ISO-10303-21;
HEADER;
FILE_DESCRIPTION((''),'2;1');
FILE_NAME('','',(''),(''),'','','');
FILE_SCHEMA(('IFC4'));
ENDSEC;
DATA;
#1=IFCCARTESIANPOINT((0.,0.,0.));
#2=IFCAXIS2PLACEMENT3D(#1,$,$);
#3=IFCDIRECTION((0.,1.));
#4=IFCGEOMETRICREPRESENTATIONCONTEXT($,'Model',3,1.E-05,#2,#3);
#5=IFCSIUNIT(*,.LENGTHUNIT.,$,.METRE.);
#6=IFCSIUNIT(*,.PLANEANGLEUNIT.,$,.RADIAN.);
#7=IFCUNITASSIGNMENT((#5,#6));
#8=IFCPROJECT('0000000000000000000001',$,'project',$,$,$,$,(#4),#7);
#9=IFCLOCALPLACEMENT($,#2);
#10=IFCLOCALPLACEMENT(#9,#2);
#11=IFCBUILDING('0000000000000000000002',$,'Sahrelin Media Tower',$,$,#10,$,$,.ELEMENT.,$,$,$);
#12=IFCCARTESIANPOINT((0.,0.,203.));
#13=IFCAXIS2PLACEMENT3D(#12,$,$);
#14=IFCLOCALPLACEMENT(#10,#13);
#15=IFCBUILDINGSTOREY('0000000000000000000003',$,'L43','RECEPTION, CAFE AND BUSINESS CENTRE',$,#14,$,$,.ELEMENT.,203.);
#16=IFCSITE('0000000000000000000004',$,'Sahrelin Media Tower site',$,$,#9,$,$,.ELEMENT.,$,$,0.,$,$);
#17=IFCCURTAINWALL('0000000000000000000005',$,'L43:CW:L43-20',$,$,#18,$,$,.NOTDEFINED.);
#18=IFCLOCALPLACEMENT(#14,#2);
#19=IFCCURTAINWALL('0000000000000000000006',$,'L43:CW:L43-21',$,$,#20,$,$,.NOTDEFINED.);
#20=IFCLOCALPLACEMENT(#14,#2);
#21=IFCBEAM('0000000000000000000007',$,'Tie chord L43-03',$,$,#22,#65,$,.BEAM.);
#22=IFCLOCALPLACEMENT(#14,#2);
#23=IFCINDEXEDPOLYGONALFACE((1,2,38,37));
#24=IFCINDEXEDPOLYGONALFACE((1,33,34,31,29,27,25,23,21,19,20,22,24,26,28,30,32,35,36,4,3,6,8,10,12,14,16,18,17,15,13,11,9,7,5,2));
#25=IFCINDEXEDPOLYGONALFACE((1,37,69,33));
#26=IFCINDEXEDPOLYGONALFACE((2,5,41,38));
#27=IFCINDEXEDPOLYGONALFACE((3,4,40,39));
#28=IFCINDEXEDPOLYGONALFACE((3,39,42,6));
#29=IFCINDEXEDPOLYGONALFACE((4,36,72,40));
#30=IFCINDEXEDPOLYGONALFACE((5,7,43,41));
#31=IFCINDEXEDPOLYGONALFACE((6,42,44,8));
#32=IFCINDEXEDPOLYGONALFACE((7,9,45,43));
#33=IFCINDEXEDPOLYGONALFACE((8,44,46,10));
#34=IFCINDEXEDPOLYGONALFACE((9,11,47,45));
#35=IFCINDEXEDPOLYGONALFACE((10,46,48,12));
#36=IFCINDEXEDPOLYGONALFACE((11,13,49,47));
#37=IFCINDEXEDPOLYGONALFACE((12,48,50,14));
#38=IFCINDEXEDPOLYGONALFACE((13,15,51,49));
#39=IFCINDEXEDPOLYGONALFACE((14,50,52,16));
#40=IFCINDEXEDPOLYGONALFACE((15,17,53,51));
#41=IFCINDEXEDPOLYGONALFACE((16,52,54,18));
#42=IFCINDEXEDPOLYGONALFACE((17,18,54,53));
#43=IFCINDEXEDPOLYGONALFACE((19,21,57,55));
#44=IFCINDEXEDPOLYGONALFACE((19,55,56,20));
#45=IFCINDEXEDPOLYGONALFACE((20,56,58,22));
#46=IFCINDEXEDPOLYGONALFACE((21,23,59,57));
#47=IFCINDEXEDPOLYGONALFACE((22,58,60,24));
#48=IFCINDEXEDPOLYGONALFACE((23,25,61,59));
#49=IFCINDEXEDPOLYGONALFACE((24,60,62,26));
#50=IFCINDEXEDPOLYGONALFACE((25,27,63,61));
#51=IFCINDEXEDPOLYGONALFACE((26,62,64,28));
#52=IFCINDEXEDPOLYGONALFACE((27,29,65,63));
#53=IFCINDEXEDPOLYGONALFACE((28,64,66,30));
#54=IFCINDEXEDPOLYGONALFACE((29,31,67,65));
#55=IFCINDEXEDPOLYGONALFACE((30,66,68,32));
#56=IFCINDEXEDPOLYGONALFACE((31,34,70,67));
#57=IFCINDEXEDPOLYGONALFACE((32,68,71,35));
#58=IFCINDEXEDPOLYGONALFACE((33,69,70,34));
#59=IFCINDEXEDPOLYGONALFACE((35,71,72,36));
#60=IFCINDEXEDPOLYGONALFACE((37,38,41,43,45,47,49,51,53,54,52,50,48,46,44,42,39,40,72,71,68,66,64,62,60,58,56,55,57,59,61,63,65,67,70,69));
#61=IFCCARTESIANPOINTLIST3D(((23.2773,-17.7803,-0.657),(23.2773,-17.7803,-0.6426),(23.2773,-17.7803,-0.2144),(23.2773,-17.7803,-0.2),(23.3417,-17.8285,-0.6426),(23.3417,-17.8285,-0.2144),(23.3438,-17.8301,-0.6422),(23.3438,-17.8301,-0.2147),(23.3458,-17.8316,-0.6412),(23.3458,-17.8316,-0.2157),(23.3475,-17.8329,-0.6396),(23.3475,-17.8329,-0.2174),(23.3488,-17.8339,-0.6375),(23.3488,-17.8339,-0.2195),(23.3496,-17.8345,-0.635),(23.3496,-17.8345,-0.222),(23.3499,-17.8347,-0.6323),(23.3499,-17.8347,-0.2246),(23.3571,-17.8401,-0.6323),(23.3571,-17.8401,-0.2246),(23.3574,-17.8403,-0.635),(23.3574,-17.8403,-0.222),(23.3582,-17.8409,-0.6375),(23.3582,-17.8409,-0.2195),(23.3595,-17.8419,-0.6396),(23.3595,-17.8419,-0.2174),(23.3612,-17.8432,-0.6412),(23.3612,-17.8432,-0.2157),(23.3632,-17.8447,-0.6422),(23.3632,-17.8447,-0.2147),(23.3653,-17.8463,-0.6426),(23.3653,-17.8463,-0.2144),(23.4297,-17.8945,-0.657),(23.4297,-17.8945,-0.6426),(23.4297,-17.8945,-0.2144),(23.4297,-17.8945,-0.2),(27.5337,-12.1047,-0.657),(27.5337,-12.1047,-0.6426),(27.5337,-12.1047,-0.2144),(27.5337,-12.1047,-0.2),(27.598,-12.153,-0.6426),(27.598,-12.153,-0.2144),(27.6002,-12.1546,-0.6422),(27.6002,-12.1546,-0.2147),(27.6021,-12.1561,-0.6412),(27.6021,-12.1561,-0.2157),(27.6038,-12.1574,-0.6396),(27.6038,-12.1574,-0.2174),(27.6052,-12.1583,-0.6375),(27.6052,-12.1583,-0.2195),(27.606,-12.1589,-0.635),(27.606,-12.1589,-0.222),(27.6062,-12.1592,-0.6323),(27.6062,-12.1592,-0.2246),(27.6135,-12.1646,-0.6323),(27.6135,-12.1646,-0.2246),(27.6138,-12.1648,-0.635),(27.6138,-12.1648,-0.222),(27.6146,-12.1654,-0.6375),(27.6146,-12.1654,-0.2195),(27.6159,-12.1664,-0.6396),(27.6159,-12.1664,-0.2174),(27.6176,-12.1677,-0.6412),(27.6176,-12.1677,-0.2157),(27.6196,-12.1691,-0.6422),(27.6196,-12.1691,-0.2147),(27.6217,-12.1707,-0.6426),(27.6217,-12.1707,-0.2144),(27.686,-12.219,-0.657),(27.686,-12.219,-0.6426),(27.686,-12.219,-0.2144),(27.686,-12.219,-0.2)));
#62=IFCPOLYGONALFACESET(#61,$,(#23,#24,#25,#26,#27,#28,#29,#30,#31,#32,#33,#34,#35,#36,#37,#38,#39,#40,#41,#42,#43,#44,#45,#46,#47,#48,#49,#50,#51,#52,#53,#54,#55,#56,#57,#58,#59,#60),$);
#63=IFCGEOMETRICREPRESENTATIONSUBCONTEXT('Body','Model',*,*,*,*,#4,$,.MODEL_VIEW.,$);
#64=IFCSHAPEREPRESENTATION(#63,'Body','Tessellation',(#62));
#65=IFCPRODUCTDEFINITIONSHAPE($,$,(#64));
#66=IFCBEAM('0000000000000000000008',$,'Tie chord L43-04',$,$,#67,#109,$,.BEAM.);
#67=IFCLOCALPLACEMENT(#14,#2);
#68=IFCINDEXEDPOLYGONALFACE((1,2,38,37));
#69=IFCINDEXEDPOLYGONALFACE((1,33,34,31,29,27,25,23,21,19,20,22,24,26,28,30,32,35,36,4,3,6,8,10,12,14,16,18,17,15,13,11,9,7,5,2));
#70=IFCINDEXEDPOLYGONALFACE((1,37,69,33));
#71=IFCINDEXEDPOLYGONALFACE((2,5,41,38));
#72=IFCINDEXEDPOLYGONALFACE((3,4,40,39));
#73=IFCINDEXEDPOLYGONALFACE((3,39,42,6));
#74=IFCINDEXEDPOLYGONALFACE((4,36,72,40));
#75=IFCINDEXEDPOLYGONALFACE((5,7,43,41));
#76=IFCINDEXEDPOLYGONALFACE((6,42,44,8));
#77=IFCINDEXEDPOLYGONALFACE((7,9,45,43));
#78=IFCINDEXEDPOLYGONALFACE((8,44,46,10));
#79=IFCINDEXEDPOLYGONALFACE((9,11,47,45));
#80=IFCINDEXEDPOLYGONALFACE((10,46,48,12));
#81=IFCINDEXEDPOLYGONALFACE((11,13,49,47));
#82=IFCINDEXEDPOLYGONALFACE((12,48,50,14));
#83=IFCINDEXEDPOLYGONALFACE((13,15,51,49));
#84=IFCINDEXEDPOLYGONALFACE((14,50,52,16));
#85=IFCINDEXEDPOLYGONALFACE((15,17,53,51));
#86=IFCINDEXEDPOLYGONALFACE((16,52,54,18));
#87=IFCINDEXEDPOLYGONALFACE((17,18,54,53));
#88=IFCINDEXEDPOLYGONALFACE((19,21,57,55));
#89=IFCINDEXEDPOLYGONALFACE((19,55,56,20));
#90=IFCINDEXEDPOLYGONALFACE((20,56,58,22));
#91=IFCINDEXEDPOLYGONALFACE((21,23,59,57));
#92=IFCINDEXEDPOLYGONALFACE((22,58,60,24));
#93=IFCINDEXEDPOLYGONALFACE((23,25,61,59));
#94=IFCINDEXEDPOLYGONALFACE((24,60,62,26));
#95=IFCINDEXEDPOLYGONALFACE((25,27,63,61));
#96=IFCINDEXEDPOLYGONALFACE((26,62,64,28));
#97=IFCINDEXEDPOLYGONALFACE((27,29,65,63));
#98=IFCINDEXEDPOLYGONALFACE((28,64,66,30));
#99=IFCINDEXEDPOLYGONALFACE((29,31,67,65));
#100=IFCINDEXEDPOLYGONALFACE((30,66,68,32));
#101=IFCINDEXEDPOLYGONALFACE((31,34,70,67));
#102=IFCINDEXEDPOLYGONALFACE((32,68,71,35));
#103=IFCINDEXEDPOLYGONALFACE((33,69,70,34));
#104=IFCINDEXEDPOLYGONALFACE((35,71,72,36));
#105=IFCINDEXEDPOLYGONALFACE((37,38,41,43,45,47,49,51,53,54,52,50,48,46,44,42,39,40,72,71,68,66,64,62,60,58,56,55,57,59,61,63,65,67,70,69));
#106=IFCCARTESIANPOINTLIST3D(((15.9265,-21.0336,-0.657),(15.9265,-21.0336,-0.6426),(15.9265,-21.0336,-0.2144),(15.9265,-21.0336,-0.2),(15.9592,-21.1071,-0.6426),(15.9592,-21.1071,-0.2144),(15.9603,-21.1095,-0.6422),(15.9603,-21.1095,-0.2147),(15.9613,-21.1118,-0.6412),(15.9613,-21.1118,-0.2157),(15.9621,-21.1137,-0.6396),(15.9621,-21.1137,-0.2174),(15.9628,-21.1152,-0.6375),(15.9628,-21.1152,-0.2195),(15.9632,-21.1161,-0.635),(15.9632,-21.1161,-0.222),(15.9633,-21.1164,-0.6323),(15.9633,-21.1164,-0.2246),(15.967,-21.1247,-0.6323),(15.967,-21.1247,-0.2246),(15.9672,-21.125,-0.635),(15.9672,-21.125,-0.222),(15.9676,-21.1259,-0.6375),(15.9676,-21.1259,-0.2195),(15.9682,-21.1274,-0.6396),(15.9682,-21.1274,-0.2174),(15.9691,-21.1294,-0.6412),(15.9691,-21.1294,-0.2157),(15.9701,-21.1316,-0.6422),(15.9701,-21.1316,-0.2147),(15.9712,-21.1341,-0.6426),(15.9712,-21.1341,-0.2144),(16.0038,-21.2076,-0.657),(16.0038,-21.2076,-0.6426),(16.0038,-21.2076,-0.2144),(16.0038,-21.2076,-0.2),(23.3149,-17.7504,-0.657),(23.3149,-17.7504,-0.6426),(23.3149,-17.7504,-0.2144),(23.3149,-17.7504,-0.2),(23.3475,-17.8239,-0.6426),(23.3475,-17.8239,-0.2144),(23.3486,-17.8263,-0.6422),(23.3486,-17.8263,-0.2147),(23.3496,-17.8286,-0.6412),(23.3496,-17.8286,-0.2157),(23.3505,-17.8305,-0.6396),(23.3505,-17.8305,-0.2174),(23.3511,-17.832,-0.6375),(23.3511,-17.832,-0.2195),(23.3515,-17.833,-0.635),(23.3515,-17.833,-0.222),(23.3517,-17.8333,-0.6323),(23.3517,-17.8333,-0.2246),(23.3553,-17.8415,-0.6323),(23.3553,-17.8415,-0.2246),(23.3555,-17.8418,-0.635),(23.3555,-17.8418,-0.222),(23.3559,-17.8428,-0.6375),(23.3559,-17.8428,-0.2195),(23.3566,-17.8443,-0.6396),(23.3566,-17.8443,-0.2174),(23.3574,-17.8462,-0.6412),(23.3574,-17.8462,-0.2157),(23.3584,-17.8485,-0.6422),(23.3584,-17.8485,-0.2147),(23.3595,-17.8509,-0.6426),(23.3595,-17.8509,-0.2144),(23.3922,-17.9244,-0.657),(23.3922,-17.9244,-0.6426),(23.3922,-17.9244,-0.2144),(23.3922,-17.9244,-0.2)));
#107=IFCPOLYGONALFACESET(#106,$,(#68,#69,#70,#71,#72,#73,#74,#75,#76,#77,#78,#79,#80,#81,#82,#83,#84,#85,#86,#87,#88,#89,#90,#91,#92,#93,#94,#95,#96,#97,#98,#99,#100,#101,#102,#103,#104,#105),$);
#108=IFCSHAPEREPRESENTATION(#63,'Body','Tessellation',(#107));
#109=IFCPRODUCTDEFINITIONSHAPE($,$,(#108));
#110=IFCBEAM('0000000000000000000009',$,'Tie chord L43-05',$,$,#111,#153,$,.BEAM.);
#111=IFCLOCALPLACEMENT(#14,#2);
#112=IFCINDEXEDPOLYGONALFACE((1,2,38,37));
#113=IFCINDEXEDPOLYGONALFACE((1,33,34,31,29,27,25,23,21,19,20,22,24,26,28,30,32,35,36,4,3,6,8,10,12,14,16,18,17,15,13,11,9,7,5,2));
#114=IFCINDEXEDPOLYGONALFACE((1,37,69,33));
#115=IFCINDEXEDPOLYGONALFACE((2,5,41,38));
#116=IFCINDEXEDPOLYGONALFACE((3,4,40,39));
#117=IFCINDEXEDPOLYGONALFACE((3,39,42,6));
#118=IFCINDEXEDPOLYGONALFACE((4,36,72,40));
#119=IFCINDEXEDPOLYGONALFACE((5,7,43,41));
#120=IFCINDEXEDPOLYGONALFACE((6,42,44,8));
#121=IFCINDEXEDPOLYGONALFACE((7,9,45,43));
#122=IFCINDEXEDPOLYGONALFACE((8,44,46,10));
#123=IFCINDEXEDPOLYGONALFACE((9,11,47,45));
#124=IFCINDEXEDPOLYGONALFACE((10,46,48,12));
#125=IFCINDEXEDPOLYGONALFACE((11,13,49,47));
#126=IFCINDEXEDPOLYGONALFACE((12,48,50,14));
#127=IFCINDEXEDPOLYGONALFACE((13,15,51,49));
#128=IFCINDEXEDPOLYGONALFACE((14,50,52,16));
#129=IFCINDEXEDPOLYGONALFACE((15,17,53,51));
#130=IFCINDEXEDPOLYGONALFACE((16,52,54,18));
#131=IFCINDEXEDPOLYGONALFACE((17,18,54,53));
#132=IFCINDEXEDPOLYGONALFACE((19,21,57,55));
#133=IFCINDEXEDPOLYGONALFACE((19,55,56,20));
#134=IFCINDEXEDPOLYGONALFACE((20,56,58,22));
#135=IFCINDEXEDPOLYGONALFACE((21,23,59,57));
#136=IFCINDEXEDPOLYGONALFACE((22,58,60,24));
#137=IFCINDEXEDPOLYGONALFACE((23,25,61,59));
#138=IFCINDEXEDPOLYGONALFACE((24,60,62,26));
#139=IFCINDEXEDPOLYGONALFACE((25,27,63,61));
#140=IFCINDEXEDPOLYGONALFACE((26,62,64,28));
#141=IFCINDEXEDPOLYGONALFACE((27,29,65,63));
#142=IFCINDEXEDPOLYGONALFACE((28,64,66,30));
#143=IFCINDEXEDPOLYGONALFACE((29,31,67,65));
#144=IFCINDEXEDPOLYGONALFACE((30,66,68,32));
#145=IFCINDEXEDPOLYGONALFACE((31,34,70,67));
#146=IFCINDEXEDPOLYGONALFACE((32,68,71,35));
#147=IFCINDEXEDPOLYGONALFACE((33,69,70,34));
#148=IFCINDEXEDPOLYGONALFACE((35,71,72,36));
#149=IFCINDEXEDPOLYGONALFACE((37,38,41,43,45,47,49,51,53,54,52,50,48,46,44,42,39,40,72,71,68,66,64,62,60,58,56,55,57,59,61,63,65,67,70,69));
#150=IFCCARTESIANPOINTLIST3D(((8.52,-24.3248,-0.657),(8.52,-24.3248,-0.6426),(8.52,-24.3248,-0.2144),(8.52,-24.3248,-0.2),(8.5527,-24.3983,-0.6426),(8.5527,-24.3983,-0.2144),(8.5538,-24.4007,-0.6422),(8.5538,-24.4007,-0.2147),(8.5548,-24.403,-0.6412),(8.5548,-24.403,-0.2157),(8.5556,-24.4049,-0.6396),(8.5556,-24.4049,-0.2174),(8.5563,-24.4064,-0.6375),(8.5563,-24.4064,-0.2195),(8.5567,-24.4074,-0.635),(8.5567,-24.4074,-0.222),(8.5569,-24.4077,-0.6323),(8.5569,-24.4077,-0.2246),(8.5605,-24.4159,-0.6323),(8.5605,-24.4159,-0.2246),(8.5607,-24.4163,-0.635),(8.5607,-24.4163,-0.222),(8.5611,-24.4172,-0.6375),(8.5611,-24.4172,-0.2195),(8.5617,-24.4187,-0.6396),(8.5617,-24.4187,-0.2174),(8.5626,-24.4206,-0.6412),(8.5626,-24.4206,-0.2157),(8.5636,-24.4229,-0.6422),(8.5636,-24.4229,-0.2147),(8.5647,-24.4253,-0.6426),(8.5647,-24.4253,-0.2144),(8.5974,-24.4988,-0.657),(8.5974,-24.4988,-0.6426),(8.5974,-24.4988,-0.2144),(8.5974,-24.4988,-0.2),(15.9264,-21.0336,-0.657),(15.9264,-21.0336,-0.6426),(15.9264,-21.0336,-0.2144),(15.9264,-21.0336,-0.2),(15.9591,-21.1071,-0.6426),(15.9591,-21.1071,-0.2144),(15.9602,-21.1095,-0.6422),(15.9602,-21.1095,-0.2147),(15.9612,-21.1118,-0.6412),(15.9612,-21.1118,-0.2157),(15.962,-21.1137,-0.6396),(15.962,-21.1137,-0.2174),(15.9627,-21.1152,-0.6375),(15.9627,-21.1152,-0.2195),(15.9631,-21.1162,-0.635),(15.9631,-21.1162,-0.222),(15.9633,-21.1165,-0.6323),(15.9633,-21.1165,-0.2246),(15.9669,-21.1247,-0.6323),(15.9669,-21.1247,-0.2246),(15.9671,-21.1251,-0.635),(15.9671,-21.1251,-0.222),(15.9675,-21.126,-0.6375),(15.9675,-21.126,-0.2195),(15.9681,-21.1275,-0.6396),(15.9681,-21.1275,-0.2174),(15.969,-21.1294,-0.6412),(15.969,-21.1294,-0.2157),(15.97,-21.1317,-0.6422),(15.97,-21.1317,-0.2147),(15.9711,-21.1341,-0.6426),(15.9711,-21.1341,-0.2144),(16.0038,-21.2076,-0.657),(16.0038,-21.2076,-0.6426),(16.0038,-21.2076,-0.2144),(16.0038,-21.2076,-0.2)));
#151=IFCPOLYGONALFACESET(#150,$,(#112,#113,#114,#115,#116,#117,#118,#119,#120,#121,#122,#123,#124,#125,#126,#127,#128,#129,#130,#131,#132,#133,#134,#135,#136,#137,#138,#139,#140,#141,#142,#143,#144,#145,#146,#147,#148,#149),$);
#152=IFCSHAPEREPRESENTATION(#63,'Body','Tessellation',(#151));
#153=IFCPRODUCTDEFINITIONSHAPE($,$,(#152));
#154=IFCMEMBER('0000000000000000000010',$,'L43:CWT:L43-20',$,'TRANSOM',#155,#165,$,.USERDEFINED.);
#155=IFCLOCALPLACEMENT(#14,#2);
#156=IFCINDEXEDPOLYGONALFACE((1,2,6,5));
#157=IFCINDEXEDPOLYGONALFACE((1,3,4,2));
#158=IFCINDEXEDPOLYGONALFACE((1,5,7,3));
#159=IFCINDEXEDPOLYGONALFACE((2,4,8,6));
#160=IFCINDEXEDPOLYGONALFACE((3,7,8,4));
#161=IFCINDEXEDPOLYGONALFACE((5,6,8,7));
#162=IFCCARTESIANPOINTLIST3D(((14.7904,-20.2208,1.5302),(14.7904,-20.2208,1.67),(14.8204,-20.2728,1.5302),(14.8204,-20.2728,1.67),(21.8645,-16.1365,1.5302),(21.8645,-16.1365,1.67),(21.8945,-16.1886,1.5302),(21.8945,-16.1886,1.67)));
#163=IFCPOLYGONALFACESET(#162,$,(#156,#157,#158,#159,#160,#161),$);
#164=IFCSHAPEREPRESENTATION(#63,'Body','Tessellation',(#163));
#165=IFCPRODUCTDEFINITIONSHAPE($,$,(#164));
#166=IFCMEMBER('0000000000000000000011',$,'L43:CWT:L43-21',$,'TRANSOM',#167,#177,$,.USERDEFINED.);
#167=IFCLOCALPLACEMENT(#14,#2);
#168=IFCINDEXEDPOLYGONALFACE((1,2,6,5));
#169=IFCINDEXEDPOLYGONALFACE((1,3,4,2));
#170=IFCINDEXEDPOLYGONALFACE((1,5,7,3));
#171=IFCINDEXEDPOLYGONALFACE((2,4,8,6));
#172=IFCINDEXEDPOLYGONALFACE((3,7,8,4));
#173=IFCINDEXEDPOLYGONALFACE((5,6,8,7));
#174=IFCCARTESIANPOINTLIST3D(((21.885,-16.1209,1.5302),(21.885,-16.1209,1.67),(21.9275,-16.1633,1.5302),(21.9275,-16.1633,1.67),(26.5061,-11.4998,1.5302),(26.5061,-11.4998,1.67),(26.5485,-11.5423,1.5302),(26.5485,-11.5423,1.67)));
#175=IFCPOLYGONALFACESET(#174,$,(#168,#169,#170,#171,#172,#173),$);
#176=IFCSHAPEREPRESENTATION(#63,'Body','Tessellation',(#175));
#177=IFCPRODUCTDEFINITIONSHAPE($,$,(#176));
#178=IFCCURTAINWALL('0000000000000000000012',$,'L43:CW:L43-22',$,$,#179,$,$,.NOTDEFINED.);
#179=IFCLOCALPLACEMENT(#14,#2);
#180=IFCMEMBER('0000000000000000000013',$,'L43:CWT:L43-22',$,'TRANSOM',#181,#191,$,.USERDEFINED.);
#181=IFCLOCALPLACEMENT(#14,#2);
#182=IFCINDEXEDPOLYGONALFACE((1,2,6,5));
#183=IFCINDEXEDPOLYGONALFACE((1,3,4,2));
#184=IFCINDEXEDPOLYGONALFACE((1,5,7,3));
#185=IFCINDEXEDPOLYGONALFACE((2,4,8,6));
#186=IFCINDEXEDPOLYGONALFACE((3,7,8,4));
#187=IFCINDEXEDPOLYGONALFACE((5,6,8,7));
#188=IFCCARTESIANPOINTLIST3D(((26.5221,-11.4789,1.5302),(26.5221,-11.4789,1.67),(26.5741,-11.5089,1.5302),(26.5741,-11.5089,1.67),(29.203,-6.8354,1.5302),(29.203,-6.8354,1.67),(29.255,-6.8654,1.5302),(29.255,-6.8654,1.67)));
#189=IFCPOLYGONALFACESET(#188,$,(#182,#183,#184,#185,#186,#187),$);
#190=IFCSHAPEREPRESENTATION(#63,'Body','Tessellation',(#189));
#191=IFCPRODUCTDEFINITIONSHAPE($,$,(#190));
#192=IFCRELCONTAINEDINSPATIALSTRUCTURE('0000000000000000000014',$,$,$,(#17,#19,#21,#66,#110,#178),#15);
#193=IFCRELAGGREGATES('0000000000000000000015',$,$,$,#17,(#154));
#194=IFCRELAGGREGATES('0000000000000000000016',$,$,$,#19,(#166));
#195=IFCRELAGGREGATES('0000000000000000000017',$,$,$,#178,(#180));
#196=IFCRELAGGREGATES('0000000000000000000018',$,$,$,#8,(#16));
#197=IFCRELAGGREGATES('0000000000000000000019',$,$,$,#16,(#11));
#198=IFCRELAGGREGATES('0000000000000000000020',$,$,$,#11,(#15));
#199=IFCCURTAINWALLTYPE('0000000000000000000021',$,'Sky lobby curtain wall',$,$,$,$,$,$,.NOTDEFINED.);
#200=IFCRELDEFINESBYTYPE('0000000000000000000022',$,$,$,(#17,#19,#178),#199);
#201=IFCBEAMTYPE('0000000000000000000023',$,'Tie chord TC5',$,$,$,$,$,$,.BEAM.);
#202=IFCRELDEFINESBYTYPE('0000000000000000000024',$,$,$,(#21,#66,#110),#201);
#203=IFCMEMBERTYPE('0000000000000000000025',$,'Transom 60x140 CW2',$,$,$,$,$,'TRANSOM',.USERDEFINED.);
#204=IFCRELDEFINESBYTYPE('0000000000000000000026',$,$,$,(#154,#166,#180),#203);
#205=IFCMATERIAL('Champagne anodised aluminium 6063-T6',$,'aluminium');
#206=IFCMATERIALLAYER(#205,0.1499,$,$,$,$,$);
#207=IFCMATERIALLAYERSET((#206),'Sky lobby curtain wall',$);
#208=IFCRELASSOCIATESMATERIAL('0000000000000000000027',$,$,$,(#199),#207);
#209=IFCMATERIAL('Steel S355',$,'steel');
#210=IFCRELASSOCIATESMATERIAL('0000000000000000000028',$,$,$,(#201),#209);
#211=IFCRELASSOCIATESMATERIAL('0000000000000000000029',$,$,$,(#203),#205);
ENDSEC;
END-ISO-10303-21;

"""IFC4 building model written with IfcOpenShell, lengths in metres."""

from ifc_helpers import new_model, si_unit, direction, frame, origin, origin_2d, place, context, subcontext, project, spatial, rectangle, i_section, extrude, material, layer, layer_set, material_profile, profile_set, type_object, element, aggregate, save


model = new_model("IFC4")

# Units and contexts
model_context = context("Model", 3, precision=1e-05, world=origin(), true_north=direction((0.0, 1.0)))
body_context = subcontext(model_context, "Body", "Model", "MODEL_VIEW")
ifc_project = project(units=[si_unit("LENGTHUNIT", "METRE"), si_unit("PLANEANGLEUNIT", "RADIAN")], contexts=[model_context])

# Site, building, storey
site_placement = place(None, origin())
site = spatial("IfcSite", under=ifc_project, at=site_placement, Name="Sahrelin Media Tower site", CompositionType="ELEMENT", RefElevation=0.0)
building_placement = place(site_placement, origin())
building = spatial("IfcBuilding", under=site, at=building_placement, Name="Sahrelin Media Tower", CompositionType="ELEMENT")
storey_placement = place(building_placement, frame((0.0, 0.0, 203.0)))
storey = spatial("IfcBuildingStorey", under=building, at=storey_placement, Name="L43", Description="RECEPTION, CAFE AND BUSINESS CENTRE", CompositionType="ELEMENT", Elevation=203.0)

# Shared definitions
ifc_material_1 = material(Name="Steel S355", Category="steel")

# Curtain walls
ifc_material_2 = material(Name="Champagne anodised aluminium 6063-T6", Category="aluminium")
ifc_layer_1 = layer(ifc_material_2, 0.1499)
ifc_layer_set_1 = layer_set([ifc_layer_1], Name="Sky lobby curtain wall")
curtain_wall_type = type_object("IfcCurtainWallType", Name="Sky lobby curtain wall", PredefinedType="NOTDEFINED", material=ifc_layer_set_1)
curtain_wall_1_placement = place(storey_placement, frame((18.4673, -18.4211, 0.0), z_axis=(0.0, 0.0, 1.0), x_axis=(1.0, 0.0, 0.0)))
curtain_wall_1 = element("IfcCurtainWall", 1, at=curtain_wall_1_placement, inside=storey, type_object=curtain_wall_type, Name="L43:CW:L43-20", PredefinedType="NOTDEFINED")
curtain_wall_2_placement = place(storey_placement, frame((24.3936, -14.0083, 0.0), z_axis=(0.0, 0.0, 1.0), x_axis=(1.0, 0.0, 0.0)))
curtain_wall_2 = element("IfcCurtainWall", 2, at=curtain_wall_2_placement, inside=storey, type_object=curtain_wall_type, Name="L43:CW:L43-21", PredefinedType="NOTDEFINED")

# Beams
ifc_material_profile_1 = material_profile(ifc_material_1, i_section(OverallWidth=0.1904, OverallDepth=0.457, WebThickness=0.009, FlangeThickness=0.0144, FilletRadius=0.0103, at=origin_2d()), Name="UB 457x191x74")
ifc_profile_set_1 = profile_set([ifc_material_profile_1], Name="Steel S355")
beam_type_1 = type_object("IfcBeamType", Name="Tie chord TC5", PredefinedType="BEAM", material=ifc_profile_set_1)
beam_1_placement = place(storey_placement, frame((27.6099, -12.1619, -0.4285), z_axis=(-0.599972, -0.800021, 0.0), x_axis=(0.800021, -0.599972, 0.0)))
element("IfcBeam", 3, at=beam_1_placement, inside=storey, type_object=beam_type_1, Name="Tie chord L43-03", PredefinedType="BEAM", context=body_context, shape_type="SweptSolid", body=[
    extrude(i_section(OverallWidth=0.1904, OverallDepth=0.457, WebThickness=0.009, FlangeThickness=0.0144, FilletRadius=0.0103, at=origin_2d()), origin(), (0.0, 0.0, 1.0), 7.0942),
])
beam_2_placement = place(storey_placement, frame((23.3535, -17.8374, -0.4285), z_axis=(-0.913836, -0.406082, 0.0), x_axis=(0.406082, -0.913836, 0.0)))
element("IfcBeam", 4, at=beam_2_placement, inside=storey, type_object=beam_type_1, Name="Tie chord L43-04", PredefinedType="BEAM", context=body_context, shape_type="SweptSolid", body=[
    extrude(i_section(OverallWidth=0.1904, OverallDepth=0.457, WebThickness=0.009, FlangeThickness=0.0144, FilletRadius=0.0103, at=origin_2d()), origin(), (0.0, 0.0, 1.0), 8.085),
])
beam_3_placement = place(storey_placement, frame((15.9651, -21.1206, -0.4285), z_axis=(-0.913835, -0.406085, 0.0), x_axis=(0.406085, -0.913835, 0.0)))
element("IfcBeam", 5, at=beam_3_placement, inside=storey, type_object=beam_type_1, Name="Tie chord L43-05", PredefinedType="BEAM", context=body_context, shape_type="SweptSolid", body=[
    extrude(i_section(OverallWidth=0.1904, OverallDepth=0.457, WebThickness=0.009, FlangeThickness=0.0144, FilletRadius=0.0103, at=origin_2d()), origin(), (0.0, 0.0, 1.0), 8.1047),
])

# Members
ifc_material_profile_2 = material_profile(ifc_material_2, rectangle(XDim=0.0601, YDim=0.1399, at=origin_2d()), Name="Transom 60x140")
ifc_profile_set_2 = profile_set([ifc_material_profile_2], Name="Champagne anodised aluminium 6063-T6")
member_type_1 = type_object("IfcMemberType", Name="Transom 60x140 CW2", ElementType="TRANSOM", PredefinedType="USERDEFINED", material=ifc_profile_set_2)
member_1_placement = place(storey_placement, frame((14.8054, -20.2468, 1.6001), z_axis=(0.866022, 0.500006, 0.0), x_axis=(-0.500006, 0.866022, 0.0)))
member_1 = element("IfcMember", 6, at=member_1_placement, type_object=member_type_1, Name="L43:CWT:L43-20", ObjectType="TRANSOM", PredefinedType="USERDEFINED", context=body_context, shape_type="SweptSolid", body=[
    extrude(rectangle(XDim=0.0601, YDim=0.1399, at=origin_2d()), origin(), (0.0, 0.0, 1.0), 8.1685),
])
member_2_placement = place(storey_placement, frame((21.9062, -16.1421, 1.6001), z_axis=(0.707107, 0.707107, 0.0), x_axis=(-0.707107, 0.707107, 0.0)))
member_2 = element("IfcMember", 7, at=member_2_placement, type_object=member_type_1, Name="L43:CWT:L43-21", ObjectType="TRANSOM", PredefinedType="USERDEFINED", context=body_context, shape_type="SweptSolid", body=[
    extrude(rectangle(XDim=0.0601, YDim=0.1399, at=origin_2d()), origin(), (0.0, 0.0, 1.0), 6.5352),
])

# Curtain wall, member
curtain_wall_3_placement = place(storey_placement, frame((28.105, -9.2971, 0.0), z_axis=(0.0, 0.0, 1.0), x_axis=(1.0, 0.0, 0.0)))
curtain_wall_3 = element("IfcCurtainWall", 8, at=curtain_wall_3_placement, inside=storey, type_object=curtain_wall_type, Name="L43:CW:L43-22", PredefinedType="NOTDEFINED")
member_3_placement = place(storey_placement, frame((26.5481, -11.4939, 1.6001), z_axis=(0.499993, 0.866029, 0.0), x_axis=(-0.866029, 0.499993, 0.0)))
member_3 = element("IfcMember", 9, at=member_3_placement, type_object=member_type_1, Name="L43:CWT:L43-22", ObjectType="TRANSOM", PredefinedType="USERDEFINED", context=body_context, shape_type="SweptSolid", body=[
    extrude(rectangle(XDim=0.0601, YDim=0.1399, at=origin_2d()), origin(), (0.0, 0.0, 1.0), 5.3618),
])

aggregate(curtain_wall_1, [member_1])
aggregate(curtain_wall_2, [member_2])
aggregate(curtain_wall_3, [member_3])

save(model, "model.ifc")
